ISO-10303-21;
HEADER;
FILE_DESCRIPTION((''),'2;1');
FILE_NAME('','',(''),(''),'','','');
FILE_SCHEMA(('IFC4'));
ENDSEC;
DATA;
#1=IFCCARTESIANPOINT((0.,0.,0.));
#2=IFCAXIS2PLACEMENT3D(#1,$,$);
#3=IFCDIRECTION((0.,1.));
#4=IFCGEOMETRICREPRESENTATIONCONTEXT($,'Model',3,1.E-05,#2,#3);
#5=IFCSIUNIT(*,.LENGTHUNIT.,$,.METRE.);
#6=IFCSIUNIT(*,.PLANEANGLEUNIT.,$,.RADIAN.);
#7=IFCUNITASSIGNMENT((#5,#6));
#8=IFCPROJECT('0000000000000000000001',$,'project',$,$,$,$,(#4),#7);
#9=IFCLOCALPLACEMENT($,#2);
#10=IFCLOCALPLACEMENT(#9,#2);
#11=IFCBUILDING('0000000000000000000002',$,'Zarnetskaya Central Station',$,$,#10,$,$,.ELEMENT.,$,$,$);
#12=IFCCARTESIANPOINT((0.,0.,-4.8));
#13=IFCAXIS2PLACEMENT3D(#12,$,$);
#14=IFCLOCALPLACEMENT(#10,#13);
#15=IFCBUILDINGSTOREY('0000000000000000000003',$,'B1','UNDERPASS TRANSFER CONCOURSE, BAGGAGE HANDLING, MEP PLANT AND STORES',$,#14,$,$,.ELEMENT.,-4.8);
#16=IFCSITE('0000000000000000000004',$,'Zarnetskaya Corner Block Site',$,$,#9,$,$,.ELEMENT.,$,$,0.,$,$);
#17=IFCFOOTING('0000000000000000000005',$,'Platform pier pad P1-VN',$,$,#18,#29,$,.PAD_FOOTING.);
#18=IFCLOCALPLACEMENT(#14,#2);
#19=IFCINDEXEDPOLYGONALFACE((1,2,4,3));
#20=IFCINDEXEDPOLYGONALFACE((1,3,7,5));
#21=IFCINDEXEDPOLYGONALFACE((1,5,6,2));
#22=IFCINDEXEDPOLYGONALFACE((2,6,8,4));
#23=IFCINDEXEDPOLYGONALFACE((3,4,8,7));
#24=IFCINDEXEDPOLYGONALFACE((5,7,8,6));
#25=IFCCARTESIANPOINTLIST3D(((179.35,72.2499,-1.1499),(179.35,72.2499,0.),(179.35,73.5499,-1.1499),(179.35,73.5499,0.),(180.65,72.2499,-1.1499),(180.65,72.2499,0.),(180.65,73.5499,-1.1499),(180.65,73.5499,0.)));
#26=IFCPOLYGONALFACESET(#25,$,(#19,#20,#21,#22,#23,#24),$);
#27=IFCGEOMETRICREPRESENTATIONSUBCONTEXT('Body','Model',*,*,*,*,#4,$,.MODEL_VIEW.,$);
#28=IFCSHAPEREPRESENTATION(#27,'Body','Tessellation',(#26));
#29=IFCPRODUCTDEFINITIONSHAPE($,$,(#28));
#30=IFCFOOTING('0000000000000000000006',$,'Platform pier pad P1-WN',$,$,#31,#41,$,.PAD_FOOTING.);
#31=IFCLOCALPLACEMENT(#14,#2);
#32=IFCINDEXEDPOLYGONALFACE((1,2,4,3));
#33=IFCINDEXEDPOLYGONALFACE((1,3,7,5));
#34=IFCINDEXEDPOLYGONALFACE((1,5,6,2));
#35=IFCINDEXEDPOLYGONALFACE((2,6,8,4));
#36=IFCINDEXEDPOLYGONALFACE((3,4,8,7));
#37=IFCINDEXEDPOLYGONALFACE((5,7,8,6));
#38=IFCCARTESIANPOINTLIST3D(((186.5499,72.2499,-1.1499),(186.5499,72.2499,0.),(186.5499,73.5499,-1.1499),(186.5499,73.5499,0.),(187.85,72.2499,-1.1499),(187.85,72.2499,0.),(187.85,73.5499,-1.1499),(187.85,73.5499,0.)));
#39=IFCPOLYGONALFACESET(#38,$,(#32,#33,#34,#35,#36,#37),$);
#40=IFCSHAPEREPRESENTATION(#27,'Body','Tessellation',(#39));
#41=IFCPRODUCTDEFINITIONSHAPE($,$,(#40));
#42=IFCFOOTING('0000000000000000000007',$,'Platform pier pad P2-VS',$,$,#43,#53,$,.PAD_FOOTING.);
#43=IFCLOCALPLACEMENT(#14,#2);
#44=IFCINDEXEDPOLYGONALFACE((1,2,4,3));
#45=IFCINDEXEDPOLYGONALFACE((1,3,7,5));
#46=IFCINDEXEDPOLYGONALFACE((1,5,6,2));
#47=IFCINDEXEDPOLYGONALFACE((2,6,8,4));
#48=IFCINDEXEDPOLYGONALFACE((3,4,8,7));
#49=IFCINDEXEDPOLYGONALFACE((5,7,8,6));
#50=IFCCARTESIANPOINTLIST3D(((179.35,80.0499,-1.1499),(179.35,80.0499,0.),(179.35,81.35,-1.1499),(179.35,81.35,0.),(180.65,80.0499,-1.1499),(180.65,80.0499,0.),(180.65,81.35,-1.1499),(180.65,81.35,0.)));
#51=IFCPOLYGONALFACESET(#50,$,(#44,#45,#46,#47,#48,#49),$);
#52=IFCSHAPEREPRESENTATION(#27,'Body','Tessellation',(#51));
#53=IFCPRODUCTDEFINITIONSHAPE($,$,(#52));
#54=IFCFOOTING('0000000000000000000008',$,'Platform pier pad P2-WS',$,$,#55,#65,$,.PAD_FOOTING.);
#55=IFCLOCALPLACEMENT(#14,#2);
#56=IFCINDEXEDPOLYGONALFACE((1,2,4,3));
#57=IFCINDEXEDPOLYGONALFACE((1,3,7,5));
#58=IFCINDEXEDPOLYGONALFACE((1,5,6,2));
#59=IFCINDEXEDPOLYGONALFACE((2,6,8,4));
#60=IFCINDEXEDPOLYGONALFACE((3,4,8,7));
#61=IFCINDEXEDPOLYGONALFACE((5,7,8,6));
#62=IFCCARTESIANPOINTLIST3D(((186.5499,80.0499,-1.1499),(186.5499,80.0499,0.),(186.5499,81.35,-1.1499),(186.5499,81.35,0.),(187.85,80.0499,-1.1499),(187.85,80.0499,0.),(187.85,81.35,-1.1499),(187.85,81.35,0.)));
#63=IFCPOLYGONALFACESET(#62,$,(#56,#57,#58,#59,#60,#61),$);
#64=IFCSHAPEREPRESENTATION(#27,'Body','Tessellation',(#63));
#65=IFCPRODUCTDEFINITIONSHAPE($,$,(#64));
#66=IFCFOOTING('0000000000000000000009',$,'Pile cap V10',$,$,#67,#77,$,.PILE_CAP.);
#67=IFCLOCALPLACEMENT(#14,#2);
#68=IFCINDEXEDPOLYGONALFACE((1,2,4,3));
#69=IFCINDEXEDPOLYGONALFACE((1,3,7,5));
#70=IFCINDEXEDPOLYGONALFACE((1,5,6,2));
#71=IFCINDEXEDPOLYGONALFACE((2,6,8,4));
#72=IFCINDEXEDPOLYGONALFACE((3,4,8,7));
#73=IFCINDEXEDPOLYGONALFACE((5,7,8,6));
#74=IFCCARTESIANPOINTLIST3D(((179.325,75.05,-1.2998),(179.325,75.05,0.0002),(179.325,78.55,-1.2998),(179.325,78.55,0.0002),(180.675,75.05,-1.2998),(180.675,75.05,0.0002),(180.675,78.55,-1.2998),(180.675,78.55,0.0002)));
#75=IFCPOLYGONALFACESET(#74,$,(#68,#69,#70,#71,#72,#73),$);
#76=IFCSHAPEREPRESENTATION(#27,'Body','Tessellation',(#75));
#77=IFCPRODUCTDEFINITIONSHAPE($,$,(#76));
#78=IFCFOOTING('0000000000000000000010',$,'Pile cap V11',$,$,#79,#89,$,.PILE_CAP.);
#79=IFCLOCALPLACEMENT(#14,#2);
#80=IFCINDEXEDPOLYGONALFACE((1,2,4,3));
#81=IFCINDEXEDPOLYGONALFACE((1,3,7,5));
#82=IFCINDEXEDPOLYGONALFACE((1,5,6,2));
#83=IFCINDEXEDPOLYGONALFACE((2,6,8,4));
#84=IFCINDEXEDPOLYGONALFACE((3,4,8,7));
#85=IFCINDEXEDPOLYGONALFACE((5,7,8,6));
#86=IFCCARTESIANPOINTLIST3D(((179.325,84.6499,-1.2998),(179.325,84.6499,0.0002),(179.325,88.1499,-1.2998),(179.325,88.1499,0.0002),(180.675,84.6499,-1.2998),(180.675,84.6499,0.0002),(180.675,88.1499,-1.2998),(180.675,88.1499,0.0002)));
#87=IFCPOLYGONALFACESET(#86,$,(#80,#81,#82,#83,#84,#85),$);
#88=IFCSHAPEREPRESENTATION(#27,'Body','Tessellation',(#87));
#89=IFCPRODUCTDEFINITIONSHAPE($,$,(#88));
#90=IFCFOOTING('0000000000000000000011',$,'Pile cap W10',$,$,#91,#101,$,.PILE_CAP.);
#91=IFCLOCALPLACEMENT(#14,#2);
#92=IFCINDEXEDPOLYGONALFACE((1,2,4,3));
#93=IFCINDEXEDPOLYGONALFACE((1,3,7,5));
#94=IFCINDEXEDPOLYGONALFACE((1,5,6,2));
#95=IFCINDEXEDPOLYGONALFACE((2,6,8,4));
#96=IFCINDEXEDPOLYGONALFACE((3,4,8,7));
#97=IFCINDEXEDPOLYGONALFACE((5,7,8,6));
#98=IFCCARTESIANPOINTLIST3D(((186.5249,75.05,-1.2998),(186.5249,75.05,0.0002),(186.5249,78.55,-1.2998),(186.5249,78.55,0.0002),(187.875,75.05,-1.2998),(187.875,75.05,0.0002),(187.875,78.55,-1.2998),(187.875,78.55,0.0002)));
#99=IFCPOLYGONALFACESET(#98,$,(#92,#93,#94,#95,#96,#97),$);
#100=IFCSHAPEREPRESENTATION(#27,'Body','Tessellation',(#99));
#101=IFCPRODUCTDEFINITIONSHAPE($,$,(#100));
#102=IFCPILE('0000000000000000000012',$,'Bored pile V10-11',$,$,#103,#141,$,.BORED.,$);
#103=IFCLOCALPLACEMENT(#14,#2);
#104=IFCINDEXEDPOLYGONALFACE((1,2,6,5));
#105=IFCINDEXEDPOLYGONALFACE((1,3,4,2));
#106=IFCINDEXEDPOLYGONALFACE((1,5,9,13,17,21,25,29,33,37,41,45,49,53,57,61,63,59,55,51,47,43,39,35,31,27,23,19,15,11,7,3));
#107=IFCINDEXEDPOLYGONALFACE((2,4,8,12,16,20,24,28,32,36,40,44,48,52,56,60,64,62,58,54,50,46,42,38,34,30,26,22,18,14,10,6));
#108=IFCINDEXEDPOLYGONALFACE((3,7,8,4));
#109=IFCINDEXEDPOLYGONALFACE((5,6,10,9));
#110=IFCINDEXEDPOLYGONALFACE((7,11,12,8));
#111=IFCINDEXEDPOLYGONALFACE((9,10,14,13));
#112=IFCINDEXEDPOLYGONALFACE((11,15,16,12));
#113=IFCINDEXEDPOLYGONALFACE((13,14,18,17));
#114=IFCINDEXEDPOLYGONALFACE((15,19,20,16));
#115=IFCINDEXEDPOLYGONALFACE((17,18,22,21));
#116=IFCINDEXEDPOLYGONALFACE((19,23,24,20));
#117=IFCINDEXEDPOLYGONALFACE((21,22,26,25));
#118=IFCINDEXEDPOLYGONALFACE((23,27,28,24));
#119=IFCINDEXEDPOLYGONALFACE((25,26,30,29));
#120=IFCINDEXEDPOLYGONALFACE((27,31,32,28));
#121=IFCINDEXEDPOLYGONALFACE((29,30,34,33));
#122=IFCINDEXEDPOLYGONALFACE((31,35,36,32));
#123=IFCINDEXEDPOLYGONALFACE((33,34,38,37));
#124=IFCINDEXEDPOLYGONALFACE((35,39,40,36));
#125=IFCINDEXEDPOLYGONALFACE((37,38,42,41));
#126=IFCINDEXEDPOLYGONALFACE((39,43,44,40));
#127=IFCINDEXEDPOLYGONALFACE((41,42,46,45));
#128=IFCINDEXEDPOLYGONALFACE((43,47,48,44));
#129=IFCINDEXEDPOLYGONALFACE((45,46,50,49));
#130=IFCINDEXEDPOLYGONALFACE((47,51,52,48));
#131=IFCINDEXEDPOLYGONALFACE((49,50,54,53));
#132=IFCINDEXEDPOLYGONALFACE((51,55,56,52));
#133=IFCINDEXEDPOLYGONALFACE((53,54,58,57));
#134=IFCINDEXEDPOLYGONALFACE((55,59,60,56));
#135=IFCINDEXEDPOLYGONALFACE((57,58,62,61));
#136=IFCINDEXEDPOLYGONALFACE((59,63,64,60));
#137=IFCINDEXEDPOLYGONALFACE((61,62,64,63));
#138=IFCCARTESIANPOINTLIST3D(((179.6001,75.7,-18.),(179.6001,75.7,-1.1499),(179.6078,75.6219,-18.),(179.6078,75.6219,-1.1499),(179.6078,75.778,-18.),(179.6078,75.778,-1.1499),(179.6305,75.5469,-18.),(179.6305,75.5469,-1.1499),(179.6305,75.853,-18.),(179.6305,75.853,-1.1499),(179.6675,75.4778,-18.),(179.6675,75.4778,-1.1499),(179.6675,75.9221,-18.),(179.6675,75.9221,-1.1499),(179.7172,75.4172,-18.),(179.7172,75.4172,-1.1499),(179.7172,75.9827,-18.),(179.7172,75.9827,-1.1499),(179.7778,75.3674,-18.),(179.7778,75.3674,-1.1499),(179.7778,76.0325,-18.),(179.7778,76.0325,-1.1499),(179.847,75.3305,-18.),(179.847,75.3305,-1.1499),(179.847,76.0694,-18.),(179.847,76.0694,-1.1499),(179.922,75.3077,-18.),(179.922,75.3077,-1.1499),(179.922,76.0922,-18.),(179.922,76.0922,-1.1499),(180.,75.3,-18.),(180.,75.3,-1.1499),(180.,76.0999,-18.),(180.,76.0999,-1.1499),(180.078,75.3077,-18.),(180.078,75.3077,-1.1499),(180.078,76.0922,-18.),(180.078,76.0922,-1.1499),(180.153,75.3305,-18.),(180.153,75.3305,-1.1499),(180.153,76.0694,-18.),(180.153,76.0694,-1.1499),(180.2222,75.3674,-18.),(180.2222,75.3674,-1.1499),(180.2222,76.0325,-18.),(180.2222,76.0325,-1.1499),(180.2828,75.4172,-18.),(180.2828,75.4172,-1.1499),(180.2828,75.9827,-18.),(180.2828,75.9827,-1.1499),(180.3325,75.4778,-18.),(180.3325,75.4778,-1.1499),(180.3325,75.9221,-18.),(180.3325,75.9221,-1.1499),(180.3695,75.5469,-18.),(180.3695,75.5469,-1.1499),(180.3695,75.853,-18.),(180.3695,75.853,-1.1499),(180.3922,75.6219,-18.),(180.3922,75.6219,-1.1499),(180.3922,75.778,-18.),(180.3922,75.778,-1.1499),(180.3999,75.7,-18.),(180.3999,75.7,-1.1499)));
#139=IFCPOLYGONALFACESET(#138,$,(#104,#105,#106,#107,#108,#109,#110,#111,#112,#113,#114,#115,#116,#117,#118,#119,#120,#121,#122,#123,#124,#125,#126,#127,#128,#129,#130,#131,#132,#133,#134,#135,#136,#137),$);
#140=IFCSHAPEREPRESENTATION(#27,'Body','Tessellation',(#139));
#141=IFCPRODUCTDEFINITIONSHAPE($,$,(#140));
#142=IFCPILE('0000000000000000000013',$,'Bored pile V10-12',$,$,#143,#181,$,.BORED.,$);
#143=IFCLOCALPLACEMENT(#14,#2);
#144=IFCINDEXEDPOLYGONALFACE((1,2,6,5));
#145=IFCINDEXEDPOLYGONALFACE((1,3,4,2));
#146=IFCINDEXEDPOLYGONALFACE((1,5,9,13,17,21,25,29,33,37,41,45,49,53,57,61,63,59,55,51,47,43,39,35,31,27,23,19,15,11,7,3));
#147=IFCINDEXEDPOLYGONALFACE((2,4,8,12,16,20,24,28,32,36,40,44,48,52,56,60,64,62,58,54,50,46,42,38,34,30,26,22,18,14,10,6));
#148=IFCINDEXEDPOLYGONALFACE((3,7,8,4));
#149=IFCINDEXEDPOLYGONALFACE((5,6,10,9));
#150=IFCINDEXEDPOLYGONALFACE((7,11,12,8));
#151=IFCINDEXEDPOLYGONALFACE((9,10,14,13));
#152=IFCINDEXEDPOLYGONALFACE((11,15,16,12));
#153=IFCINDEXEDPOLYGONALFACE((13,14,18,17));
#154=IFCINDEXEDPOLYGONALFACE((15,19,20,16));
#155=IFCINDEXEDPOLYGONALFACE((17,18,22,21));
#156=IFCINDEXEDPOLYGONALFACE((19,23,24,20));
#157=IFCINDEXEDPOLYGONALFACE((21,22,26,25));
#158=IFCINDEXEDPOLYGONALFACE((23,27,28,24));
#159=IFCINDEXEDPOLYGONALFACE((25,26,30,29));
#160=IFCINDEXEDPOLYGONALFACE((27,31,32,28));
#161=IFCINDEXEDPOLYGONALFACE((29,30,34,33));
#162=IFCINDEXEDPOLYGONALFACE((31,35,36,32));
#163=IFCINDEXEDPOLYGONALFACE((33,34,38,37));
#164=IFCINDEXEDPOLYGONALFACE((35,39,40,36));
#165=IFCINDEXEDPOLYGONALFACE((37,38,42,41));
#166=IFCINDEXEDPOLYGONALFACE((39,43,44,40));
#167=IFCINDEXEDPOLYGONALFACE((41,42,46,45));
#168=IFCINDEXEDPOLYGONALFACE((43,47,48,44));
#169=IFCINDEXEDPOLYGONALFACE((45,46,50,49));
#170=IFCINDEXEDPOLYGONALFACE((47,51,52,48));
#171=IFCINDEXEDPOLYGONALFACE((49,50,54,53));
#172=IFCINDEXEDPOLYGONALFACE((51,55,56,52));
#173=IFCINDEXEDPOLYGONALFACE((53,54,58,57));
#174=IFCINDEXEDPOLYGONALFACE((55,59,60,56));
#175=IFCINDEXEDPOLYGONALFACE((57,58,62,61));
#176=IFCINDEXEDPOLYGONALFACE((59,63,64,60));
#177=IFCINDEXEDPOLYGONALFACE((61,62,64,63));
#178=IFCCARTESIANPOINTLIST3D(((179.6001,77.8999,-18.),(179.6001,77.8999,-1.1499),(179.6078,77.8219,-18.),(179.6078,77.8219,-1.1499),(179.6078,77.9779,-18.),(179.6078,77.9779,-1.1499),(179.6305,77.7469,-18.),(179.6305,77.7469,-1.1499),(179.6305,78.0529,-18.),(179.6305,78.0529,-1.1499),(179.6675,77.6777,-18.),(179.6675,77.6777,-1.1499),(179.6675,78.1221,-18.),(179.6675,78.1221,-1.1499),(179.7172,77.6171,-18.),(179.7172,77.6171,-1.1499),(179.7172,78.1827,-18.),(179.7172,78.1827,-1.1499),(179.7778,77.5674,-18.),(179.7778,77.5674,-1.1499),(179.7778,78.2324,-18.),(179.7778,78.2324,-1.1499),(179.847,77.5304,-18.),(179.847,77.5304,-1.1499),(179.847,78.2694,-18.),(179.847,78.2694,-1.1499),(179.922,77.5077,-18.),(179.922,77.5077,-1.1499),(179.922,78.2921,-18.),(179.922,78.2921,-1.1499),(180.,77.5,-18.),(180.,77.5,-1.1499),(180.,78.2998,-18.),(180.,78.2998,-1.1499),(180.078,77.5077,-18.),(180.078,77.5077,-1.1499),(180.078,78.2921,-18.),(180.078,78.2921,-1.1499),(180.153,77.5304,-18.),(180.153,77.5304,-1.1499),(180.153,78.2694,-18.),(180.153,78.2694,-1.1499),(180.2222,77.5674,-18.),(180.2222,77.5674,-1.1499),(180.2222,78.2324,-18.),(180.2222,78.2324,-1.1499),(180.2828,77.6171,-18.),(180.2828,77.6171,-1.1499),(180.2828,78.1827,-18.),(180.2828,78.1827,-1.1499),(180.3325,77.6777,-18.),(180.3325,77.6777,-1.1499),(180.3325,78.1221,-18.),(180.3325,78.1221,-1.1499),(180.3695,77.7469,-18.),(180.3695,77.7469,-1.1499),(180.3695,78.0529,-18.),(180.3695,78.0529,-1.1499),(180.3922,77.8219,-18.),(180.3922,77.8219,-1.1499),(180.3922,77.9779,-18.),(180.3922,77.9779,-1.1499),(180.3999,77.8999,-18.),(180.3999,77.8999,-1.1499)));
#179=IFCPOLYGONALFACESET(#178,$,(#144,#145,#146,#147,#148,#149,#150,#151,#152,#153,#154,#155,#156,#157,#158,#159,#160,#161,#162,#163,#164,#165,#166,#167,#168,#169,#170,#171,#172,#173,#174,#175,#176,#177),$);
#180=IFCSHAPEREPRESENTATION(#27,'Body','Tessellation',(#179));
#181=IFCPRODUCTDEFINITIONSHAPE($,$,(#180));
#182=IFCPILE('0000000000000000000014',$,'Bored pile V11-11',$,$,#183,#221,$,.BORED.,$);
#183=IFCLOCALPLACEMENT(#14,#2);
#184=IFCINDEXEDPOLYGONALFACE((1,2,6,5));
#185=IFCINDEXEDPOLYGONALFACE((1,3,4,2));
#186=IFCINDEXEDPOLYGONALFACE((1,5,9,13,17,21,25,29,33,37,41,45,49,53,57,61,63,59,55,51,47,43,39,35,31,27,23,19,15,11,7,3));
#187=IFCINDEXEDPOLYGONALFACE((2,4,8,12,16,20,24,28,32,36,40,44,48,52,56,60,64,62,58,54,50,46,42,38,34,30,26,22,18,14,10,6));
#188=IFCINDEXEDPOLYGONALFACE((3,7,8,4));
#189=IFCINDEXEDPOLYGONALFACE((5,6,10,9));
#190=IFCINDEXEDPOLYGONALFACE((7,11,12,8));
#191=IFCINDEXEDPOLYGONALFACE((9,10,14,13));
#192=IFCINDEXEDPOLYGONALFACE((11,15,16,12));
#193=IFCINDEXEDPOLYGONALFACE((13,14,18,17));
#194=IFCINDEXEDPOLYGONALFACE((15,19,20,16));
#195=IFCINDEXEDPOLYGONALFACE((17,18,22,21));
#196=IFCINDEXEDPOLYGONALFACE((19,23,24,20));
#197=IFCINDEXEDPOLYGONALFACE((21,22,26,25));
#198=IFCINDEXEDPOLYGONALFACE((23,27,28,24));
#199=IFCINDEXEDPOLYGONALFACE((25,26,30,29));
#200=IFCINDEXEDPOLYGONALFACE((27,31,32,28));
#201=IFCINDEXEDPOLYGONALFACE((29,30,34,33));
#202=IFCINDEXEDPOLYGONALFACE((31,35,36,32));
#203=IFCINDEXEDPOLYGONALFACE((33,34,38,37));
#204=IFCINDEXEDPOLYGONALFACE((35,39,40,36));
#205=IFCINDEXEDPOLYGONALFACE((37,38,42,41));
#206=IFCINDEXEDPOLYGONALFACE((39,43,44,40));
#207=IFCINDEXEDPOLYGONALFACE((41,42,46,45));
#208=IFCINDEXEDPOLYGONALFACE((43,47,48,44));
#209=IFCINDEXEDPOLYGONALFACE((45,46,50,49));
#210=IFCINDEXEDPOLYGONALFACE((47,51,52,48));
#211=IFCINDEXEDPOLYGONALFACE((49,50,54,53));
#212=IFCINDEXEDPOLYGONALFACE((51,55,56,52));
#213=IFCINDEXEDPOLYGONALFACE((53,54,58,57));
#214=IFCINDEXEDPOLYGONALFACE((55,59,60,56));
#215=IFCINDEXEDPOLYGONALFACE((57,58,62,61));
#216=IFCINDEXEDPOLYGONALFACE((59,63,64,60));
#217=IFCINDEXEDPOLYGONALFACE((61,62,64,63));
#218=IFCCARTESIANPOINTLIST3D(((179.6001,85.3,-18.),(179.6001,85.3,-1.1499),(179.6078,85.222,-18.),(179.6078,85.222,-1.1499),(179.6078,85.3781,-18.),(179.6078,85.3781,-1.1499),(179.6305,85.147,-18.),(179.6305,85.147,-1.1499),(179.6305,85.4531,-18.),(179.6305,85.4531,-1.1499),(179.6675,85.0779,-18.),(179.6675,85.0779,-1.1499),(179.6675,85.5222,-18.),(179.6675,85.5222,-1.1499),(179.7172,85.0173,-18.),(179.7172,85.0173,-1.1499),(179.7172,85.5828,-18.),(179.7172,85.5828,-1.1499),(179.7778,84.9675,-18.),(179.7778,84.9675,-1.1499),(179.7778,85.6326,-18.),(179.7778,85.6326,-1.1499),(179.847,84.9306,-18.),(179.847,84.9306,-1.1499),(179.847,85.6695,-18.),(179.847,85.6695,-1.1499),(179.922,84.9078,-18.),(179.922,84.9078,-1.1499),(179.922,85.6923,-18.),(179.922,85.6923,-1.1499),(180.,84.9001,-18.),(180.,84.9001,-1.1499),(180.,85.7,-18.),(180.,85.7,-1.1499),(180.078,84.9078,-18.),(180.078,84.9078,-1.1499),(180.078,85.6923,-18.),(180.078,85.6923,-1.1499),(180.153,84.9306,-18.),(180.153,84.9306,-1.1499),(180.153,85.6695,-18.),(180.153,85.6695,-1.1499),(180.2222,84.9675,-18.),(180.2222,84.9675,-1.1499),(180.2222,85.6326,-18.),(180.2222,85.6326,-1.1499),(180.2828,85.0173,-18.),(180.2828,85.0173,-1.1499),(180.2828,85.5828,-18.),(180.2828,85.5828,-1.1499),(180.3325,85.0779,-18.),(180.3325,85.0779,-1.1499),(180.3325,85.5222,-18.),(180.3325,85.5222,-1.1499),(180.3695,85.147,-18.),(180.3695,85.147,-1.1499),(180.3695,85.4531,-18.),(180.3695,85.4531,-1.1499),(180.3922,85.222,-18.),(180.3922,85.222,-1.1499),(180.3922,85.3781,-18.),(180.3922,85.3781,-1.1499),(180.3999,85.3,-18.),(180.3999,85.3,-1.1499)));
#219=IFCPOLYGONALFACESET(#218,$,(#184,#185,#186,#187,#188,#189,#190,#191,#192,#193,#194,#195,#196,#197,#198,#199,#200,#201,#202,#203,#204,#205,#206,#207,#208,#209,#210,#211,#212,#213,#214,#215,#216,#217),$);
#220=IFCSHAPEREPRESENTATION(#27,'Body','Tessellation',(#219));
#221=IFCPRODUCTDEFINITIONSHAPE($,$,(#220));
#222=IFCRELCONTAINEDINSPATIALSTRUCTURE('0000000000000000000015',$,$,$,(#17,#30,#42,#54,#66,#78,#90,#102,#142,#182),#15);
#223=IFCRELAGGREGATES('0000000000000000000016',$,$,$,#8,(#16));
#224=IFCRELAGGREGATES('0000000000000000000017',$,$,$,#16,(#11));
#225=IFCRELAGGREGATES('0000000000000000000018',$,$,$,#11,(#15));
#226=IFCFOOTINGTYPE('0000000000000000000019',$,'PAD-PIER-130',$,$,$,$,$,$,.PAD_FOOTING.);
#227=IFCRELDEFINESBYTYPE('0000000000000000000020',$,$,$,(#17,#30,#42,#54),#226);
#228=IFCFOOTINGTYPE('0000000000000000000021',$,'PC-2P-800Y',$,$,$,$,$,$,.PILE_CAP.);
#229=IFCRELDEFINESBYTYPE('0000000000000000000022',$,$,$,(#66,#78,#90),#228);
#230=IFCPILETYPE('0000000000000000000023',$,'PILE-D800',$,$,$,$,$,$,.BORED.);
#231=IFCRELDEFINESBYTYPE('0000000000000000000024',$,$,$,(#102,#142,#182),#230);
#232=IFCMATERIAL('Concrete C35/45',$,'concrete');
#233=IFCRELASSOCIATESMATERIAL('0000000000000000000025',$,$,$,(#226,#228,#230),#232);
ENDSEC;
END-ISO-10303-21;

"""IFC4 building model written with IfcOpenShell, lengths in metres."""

from ifc_helpers import new_model, si_unit, direction, frame, origin, origin_2d, place, context, subcontext, project, spatial, rectangle, circle, extrude, material, material_profile, profile_set, type_object, element, save


model = new_model("IFC4")

# Units and contexts
model_context = context("Model", 3, precision=1e-05, world=origin(), true_north=direction((0.0, 1.0)))
body_context = subcontext(model_context, "Body", "Model", "MODEL_VIEW")
ifc_project = project(units=[si_unit("LENGTHUNIT", "METRE"), si_unit("PLANEANGLEUNIT", "RADIAN")], contexts=[model_context])

# Site, building, storey
site_placement = place(None, origin())
site = spatial("IfcSite", under=ifc_project, at=site_placement, Name="Zarnetskaya Corner Block Site", CompositionType="ELEMENT", RefElevation=0.0)
building_placement = place(site_placement, origin())
building = spatial("IfcBuilding", under=site, at=building_placement, Name="Zarnetskaya Central Station", CompositionType="ELEMENT")
storey_placement = place(building_placement, frame((0.0, 0.0, -4.8)))
storey = spatial("IfcBuildingStorey", under=building, at=storey_placement, Name="B1", Description="UNDERPASS TRANSFER CONCOURSE, BAGGAGE HANDLING, MEP PLANT AND STORES", CompositionType="ELEMENT", Elevation=-4.8)

# Footings
ifc_material = material(Name="Concrete C35/45", Category="concrete")
footing_type_1 = type_object("IfcFootingType", Name="PAD-PIER-130", PredefinedType="PAD_FOOTING", material=ifc_material)
for number, where, z_axis, x_axis, name in (
    (1, (180.0, 72.8999, -1.1499), (0.0, 0.0, 1.0), (1.0, 0.0, 0.0), "Platform pier pad P1-VN"),
    (2, (187.2, 72.8999, -1.1499), (0.0, 0.0, 1.0), (1.0, 0.0, 0.0), "Platform pier pad P1-WN"),
    (3, (180.0, 80.7, -1.1499), (0.0, 0.0, 1.0), (1.0, 0.0, 0.0), "Platform pier pad P2-VS"),
    (4, (187.2, 80.7, -1.1499), (0.0, 0.0, 1.0), (1.0, 0.0, 0.0), "Platform pier pad P2-WS"),
):
    element("IfcFooting", number, at=place(storey_placement, frame(where, z_axis=z_axis, x_axis=x_axis)), inside=storey, type_object=footing_type_1, Name=name, PredefinedType="PAD_FOOTING", context=body_context, shape_type="SweptSolid", body=[
        extrude(rectangle(XDim=1.3, YDim=1.3, at=origin_2d()), origin(), (0.0, 0.0, 1.0), 1.1499),
    ])
footing_type_2 = type_object("IfcFootingType", Name="PC-2P-800Y", PredefinedType="PILE_CAP", material=ifc_material)
for number, where, z_axis, x_axis, name in (
    (5, (180.0, 76.8, -1.2998), (0.0, 0.0, 1.0), (1.0, 0.0, 0.0), "Pile cap V10"),
    (6, (180.0, 86.3999, -1.2998), (0.0, 0.0, 1.0), (1.0, 0.0, 0.0), "Pile cap V11"),
    (7, (187.2, 76.8, -1.2998), (0.0, 0.0, 1.0), (1.0, 0.0, 0.0), "Pile cap W10"),
):
    element("IfcFooting", number, at=place(storey_placement, frame(where, z_axis=z_axis, x_axis=x_axis)), inside=storey, type_object=footing_type_2, Name=name, PredefinedType="PILE_CAP", context=body_context, shape_type="SweptSolid", body=[
        extrude(rectangle(XDim=1.3501, YDim=3.5, at=origin_2d()), origin(), (0.0, 0.0, 1.0), 1.3),
    ])

# Piles
ifc_material_profile_1 = material_profile(ifc_material, circle(Radius=0.3999, at=origin_2d()), Name="BORED PILE D800")
ifc_profile_set_1 = profile_set([ifc_material_profile_1], Name="Concrete C35/45")
pile_type = type_object("IfcPileType", Name="PILE-D800", PredefinedType="BORED", material=ifc_profile_set_1)
for number, where, z_axis, x_axis, name in (
    (8, (180.0, 75.7, -1.1499), (0.0, 0.0, -1.0), (1.0, 0.0, 0.0), "Bored pile V10-11"),
    (9, (180.0, 77.8999, -1.1499), (0.0, 0.0, -1.0), (1.0, 0.0, 0.0), "Bored pile V10-12"),
    (10, (180.0, 85.3, -1.1499), (0.0, 0.0, -1.0), (1.0, 0.0, 0.0), "Bored pile V11-11"),
):
    element("IfcPile", number, at=place(storey_placement, frame(where, z_axis=z_axis, x_axis=x_axis)), inside=storey, type_object=pile_type, Name=name, PredefinedType="BORED", context=body_context, shape_type="SweptSolid", body=[
        extrude(circle(Radius=0.3999, at=origin_2d()), origin(), (0.0, 0.0, 1.0), 16.8501),
    ])

save(model, "model.ifc")
